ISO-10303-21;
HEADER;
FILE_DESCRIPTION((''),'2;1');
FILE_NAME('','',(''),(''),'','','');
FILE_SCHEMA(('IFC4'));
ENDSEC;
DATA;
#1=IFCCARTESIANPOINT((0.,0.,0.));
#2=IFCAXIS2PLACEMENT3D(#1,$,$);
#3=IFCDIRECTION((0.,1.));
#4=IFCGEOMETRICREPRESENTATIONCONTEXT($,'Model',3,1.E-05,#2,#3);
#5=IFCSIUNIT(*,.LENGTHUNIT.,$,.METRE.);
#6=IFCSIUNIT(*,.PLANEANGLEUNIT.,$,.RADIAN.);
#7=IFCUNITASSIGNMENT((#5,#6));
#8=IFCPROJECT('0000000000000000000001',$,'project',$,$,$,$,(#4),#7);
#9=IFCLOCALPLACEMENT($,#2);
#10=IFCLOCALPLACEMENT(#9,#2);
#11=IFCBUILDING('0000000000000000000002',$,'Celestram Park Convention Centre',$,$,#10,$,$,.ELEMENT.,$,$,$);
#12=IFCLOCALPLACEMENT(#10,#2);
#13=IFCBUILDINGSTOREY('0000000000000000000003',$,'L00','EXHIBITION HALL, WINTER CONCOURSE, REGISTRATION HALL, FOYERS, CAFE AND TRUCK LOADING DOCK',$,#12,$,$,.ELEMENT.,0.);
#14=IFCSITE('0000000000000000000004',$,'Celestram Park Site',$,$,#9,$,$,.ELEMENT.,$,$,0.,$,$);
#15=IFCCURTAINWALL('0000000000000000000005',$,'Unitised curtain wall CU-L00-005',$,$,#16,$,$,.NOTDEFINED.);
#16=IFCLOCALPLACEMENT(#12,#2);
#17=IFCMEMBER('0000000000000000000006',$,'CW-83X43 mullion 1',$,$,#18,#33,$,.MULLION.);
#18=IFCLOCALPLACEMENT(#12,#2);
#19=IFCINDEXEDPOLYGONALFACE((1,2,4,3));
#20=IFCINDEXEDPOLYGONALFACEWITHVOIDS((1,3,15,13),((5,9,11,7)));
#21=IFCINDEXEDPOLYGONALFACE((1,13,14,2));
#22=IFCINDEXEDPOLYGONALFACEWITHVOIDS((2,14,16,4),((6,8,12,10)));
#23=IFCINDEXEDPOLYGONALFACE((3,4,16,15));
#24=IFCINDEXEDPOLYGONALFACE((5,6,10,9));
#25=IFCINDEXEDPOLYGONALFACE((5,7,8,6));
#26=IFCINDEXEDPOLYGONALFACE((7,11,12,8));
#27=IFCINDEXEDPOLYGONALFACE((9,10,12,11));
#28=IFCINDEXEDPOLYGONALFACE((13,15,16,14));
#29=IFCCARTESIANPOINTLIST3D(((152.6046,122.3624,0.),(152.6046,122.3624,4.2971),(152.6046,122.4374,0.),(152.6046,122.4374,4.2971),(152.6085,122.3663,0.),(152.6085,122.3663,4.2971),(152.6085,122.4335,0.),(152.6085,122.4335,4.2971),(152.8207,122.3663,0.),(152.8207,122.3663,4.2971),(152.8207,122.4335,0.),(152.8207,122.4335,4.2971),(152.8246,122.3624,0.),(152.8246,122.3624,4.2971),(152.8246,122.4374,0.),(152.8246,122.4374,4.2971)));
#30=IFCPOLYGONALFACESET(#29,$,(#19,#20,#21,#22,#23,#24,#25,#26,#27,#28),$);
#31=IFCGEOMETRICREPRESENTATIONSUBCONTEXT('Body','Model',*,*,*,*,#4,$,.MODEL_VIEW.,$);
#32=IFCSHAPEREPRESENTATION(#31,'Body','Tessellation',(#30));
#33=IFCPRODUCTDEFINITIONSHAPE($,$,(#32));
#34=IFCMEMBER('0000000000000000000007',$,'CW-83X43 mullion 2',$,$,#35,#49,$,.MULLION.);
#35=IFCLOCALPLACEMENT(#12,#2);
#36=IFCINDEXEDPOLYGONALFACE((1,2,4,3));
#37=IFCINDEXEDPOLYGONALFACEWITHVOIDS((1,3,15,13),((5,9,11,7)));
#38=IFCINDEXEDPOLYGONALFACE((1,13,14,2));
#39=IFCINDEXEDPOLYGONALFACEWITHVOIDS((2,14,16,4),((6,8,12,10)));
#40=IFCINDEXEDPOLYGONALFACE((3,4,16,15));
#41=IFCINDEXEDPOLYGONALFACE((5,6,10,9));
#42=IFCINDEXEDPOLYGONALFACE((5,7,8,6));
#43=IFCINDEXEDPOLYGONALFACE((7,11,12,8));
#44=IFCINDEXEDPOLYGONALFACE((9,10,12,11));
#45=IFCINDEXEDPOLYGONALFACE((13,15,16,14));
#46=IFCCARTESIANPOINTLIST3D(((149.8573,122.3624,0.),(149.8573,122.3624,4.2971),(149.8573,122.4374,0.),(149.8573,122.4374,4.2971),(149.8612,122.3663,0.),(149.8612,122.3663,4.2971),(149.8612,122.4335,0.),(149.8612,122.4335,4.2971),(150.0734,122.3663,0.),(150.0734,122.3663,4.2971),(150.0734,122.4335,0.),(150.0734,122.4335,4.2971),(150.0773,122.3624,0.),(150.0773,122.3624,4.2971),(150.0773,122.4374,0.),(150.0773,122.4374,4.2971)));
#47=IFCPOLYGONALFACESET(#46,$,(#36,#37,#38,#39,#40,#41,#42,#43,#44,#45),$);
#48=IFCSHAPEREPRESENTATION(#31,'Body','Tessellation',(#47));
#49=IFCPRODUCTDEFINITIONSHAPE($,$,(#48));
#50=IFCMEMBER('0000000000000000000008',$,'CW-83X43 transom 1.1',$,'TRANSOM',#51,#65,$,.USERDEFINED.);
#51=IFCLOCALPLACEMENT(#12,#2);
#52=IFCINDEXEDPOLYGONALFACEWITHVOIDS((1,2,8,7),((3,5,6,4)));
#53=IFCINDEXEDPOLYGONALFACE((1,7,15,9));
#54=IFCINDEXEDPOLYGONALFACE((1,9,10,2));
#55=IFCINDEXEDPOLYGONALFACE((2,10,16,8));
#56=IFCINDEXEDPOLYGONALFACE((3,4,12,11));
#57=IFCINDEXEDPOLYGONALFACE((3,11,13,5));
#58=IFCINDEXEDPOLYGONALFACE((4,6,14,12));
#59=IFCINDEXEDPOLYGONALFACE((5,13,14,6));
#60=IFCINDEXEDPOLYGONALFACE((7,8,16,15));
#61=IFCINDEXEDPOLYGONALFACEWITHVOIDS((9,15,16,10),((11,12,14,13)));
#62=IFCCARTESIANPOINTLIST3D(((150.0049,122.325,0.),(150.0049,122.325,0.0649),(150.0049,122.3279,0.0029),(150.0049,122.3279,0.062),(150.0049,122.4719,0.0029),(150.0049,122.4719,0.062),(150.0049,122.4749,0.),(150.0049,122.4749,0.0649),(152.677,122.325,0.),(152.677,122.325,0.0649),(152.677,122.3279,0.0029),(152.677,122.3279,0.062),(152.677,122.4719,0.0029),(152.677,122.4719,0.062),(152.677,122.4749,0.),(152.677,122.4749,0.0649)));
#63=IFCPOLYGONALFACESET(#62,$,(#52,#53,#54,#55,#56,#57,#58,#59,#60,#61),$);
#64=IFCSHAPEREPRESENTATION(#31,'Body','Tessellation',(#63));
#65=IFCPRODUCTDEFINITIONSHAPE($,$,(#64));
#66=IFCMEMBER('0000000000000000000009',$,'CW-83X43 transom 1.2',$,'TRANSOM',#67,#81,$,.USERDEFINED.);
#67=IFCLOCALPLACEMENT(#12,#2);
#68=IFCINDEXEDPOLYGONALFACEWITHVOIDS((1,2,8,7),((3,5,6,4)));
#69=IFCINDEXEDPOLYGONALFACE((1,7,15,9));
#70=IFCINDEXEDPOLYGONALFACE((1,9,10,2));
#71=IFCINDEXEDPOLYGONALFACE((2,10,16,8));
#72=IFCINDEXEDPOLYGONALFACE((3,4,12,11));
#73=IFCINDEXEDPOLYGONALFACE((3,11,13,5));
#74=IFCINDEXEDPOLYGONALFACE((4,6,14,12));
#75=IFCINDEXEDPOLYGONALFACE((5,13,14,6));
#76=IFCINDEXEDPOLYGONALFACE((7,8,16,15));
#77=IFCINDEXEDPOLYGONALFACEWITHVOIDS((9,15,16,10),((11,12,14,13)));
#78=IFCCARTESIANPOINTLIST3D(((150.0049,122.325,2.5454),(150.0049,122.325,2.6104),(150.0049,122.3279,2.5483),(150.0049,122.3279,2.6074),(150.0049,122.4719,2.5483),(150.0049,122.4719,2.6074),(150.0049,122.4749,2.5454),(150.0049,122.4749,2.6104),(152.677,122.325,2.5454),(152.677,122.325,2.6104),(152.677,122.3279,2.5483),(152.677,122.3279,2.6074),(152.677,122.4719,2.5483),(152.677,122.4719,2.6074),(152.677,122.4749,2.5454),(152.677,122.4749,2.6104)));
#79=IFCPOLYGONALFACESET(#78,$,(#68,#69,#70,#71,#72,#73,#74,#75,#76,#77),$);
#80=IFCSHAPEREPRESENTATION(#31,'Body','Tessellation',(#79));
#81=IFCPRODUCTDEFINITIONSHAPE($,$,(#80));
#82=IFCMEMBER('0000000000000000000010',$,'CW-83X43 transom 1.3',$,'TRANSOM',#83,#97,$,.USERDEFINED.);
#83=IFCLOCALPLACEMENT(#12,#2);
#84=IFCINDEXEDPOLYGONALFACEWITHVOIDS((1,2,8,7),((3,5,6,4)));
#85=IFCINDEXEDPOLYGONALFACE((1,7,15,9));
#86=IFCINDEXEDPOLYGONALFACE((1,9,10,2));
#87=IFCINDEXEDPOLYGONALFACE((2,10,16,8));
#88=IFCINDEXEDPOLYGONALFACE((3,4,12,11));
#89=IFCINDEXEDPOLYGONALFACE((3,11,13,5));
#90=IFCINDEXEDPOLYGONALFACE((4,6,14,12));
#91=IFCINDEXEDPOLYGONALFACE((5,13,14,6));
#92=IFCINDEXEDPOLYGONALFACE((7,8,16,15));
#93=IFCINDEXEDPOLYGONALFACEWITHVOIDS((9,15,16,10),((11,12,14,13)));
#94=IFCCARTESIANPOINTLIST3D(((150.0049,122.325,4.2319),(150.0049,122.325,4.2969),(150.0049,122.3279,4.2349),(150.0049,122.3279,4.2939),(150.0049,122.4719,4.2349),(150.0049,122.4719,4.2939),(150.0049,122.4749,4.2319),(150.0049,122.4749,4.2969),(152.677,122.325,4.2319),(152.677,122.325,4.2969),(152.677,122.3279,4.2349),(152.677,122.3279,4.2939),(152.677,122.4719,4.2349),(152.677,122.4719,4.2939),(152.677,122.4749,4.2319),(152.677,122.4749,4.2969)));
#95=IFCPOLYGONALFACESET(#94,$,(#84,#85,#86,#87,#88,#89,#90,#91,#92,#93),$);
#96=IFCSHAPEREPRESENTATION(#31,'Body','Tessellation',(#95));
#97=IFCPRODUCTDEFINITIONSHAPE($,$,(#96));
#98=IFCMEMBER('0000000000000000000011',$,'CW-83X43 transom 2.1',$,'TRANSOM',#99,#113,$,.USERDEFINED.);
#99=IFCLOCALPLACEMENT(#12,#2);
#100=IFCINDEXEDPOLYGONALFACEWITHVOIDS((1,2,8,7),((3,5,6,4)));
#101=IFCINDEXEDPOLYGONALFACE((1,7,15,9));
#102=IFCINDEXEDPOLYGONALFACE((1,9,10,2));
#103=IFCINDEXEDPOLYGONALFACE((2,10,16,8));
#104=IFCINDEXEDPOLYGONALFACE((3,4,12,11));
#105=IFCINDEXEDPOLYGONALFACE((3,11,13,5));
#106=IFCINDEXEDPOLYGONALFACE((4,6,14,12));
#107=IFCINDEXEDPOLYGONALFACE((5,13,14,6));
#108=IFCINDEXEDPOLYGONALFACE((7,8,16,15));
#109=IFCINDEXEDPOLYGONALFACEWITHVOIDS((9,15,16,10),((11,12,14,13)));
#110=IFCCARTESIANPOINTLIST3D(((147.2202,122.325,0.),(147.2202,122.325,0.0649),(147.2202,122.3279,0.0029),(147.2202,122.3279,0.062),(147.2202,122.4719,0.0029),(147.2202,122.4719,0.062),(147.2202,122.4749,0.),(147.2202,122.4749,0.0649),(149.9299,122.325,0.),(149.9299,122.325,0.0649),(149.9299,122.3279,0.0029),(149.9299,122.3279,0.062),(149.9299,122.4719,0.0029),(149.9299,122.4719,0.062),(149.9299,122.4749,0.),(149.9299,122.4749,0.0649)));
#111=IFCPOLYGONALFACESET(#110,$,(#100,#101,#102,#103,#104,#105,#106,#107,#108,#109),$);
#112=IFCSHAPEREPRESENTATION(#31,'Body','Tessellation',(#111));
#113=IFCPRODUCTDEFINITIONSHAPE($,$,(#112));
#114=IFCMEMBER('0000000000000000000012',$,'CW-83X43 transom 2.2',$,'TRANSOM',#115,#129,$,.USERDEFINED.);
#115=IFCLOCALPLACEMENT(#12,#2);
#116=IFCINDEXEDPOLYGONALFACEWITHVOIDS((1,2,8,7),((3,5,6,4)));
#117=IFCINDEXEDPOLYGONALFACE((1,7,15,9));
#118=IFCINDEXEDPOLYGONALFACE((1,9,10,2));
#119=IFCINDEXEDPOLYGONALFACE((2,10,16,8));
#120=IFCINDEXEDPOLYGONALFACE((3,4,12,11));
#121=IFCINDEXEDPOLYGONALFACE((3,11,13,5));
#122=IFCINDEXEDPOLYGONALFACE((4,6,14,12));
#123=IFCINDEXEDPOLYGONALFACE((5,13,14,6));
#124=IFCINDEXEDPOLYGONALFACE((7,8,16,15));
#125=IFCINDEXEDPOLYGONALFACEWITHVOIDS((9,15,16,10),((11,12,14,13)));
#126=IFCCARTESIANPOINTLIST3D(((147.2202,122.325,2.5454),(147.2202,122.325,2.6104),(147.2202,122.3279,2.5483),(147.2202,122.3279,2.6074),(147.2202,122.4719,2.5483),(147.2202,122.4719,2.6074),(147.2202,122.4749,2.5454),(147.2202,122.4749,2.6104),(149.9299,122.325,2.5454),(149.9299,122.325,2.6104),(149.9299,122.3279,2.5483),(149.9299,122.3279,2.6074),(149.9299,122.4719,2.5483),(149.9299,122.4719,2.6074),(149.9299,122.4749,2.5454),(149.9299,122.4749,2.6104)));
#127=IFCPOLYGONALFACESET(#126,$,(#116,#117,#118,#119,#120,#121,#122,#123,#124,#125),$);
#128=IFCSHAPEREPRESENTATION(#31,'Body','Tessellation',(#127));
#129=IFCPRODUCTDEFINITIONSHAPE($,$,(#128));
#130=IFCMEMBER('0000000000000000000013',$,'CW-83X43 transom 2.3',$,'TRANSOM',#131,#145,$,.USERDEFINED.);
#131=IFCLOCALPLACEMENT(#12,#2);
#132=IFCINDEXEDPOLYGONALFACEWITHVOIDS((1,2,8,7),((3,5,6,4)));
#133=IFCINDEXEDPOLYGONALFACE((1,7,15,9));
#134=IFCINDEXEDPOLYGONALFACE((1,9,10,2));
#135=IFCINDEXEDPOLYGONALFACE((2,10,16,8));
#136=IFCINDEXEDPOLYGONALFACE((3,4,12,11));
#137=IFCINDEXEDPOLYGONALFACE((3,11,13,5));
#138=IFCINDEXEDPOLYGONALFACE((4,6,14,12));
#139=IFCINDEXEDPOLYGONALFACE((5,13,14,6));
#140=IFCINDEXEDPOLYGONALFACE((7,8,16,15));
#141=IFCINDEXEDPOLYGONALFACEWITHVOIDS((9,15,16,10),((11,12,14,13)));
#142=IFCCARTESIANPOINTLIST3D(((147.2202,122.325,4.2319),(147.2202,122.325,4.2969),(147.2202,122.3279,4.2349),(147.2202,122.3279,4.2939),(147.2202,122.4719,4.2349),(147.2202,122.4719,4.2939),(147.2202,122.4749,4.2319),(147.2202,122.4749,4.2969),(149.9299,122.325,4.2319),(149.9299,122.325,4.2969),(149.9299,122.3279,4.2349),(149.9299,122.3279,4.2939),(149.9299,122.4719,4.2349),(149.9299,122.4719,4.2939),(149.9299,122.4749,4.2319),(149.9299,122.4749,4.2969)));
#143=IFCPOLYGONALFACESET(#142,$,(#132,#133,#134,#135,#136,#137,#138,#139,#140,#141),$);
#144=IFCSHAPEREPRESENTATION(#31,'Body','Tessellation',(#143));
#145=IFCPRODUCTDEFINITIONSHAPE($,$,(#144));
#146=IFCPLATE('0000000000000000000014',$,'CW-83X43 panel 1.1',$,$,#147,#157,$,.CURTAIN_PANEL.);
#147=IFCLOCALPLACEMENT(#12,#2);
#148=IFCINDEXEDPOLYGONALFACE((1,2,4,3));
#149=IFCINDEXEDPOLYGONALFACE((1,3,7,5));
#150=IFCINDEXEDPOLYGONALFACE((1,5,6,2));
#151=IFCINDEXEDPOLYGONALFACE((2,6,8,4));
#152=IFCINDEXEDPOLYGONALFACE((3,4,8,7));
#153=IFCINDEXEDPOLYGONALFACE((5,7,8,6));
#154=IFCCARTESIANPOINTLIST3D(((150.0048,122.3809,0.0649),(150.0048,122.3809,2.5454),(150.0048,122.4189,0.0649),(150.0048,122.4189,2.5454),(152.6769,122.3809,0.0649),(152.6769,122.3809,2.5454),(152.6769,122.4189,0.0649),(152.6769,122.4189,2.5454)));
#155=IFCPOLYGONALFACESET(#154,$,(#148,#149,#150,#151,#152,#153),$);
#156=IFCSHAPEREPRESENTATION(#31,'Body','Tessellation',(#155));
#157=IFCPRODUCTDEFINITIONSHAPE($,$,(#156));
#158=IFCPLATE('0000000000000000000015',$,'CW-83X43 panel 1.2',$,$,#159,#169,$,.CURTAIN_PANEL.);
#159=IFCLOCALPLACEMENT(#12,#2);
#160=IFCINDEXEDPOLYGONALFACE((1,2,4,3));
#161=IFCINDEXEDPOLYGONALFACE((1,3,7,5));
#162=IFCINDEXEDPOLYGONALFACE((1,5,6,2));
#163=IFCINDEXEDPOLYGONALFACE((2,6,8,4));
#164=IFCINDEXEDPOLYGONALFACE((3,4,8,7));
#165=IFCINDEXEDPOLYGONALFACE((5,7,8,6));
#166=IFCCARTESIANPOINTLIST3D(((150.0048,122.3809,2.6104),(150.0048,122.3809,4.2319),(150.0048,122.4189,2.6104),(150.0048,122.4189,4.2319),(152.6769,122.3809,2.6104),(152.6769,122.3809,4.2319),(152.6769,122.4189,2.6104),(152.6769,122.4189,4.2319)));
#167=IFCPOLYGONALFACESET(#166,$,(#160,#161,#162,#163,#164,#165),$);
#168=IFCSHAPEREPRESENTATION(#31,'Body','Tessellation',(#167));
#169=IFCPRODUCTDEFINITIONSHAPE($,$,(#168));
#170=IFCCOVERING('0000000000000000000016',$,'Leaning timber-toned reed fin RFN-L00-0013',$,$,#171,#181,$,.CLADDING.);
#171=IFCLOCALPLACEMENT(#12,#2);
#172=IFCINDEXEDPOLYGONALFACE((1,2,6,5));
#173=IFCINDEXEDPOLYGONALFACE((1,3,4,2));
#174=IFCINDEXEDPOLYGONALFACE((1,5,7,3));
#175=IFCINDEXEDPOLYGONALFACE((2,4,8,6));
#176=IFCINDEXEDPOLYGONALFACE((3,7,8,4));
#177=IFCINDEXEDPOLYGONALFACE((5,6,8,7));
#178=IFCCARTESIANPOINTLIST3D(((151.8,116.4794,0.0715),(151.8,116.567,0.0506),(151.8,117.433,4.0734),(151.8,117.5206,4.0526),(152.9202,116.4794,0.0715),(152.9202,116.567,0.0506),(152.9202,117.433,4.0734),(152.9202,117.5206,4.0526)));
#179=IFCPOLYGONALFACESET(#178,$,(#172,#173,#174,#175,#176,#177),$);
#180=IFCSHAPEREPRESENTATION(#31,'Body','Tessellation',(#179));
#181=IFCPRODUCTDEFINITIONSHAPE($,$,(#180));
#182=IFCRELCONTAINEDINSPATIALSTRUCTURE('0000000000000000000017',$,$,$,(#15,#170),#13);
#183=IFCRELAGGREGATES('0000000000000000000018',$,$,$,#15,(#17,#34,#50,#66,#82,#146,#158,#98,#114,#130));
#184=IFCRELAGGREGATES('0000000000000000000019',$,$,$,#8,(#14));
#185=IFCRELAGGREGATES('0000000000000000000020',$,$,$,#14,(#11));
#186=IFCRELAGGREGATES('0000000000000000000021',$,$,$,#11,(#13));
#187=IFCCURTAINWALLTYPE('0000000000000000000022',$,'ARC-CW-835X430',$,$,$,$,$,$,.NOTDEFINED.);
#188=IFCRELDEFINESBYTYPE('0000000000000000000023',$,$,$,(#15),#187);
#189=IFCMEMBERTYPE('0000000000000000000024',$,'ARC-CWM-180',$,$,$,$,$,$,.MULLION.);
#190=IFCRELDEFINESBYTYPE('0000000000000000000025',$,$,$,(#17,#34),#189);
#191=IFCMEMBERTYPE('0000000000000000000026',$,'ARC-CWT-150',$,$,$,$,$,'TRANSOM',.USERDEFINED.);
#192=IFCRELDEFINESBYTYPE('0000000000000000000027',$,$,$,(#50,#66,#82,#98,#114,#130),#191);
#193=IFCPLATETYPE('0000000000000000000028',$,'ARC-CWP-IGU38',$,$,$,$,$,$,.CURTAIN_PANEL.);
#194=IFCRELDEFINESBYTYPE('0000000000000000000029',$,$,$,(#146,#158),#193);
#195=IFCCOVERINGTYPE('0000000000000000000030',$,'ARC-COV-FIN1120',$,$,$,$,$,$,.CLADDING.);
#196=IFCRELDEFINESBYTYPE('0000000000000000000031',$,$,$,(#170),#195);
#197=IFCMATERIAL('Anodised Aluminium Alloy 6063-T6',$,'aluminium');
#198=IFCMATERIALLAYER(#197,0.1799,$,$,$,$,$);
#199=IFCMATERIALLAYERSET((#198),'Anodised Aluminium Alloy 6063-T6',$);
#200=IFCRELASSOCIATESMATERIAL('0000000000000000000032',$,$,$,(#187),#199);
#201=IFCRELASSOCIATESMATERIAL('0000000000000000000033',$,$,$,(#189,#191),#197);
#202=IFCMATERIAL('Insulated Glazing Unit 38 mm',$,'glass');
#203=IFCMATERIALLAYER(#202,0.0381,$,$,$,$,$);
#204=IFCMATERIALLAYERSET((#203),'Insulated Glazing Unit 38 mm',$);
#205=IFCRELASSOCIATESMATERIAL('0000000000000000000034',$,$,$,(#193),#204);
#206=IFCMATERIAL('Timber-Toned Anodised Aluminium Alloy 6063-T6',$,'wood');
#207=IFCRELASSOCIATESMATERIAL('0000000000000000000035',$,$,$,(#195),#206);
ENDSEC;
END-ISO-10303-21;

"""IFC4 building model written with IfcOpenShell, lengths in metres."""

from ifc_helpers import new_model, si_unit, direction, frame, origin, origin_2d, place, context, subcontext, project, spatial, rectangle, hollow_rectangle, extrude, material, layer, layer_set, material_profile, profile_set, type_object, element, aggregate, save


model = new_model("IFC4")

# Units and contexts
model_context = context("Model", 3, precision=1e-05, world=origin(), true_north=direction((0.0, 1.0)))
body_context = subcontext(model_context, "Body", "Model", "MODEL_VIEW")
ifc_project = project(units=[si_unit("LENGTHUNIT", "METRE"), si_unit("PLANEANGLEUNIT", "RADIAN")], contexts=[model_context])

# Site, building, storey
site_placement = place(None, origin())
site = spatial("IfcSite", under=ifc_project, at=site_placement, Name="Celestram Park Site", CompositionType="ELEMENT", RefElevation=0.0)
building_placement = place(site_placement, origin())
building = spatial("IfcBuilding", under=site, at=building_placement, Name="Celestram Park Convention Centre", CompositionType="ELEMENT")
storey_placement = place(building_placement, origin())
storey = spatial("IfcBuildingStorey", under=building, at=storey_placement, Name="L00", Description="EXHIBITION HALL, WINTER CONCOURSE, REGISTRATION HALL, FOYERS, CAFE AND TRUCK LOADING DOCK", CompositionType="ELEMENT", Elevation=0.0)

# Curtain wall, members, plates
ifc_material_1 = material(Name="Anodised Aluminium Alloy 6063-T6", Category="aluminium")
ifc_layer_1 = layer(ifc_material_1, 0.1799)
ifc_layer_set_1 = layer_set([ifc_layer_1], Name="Anodised Aluminium Alloy 6063-T6")
curtain_wall_type = type_object("IfcCurtainWallType", Name="ARC-CW-835X430", PredefinedType="NOTDEFINED", material=ifc_layer_set_1)
curtain_wall_placement = place(storey_placement, origin())
curtain_wall = element("IfcCurtainWall", 1, at=curtain_wall_placement, inside=storey, type_object=curtain_wall_type, Name="Unitised curtain wall CU-L00-005", PredefinedType="NOTDEFINED")
ifc_material_profile_1 = material_profile(ifc_material_1, hollow_rectangle(XDim=0.075, YDim=0.22, WallThickness=0.0039, at=origin_2d()), Name="ALU75X220X4")
ifc_profile_set_1 = profile_set([ifc_material_profile_1], Name="Anodised Aluminium Alloy 6063-T6")
member_type_1 = type_object("IfcMemberType", Name="ARC-CWM-180", PredefinedType="MULLION", material=ifc_profile_set_1)
member_1_placement = place(storey_placement, frame((152.7146, 122.3999, 0.0), z_axis=(0.0, 0.0, 1.0), x_axis=(0.0, -1.0, 0.0)))
member_1 = element("IfcMember", 2, at=member_1_placement, type_object=member_type_1, Name="CW-83X43 mullion 1", PredefinedType="MULLION", context=body_context, shape_type="SweptSolid", body=[
    extrude(hollow_rectangle(XDim=0.075, YDim=0.22, WallThickness=0.0039, at=origin_2d()), origin(), (0.0, 0.0, 1.0), 4.2971),
])
member_2_placement = place(storey_placement, frame((149.9673, 122.3999, 0.0), z_axis=(0.0, 0.0, 1.0), x_axis=(0.0, -1.0, 0.0)))
member_2 = element("IfcMember", 3, at=member_2_placement, type_object=member_type_1, Name="CW-83X43 mullion 2", PredefinedType="MULLION", context=body_context, shape_type="SweptSolid", body=[
    extrude(hollow_rectangle(XDim=0.075, YDim=0.22, WallThickness=0.0039, at=origin_2d()), origin(), (0.0, 0.0, 1.0), 4.2971),
])
ifc_material_profile_2 = material_profile(ifc_material_1, hollow_rectangle(XDim=0.1499, YDim=0.0649, WallThickness=0.0029, at=origin_2d()), Name="ALU150X65X3")
ifc_profile_set_2 = profile_set([ifc_material_profile_2], Name="Anodised Aluminium Alloy 6063-T6")
member_type_2 = type_object("IfcMemberType", Name="ARC-CWT-150", ElementType="TRANSOM", PredefinedType="USERDEFINED", material=ifc_profile_set_2)
member_3_placement = place(storey_placement, frame((152.677, 122.3999, 0.0325), z_axis=(-1.0, 0.0, 0.0), x_axis=(0.0, -1.0, 0.0)))
member_3 = element("IfcMember", 4, at=member_3_placement, type_object=member_type_2, Name="CW-83X43 transom 1.1", ObjectType="TRANSOM", PredefinedType="USERDEFINED", context=body_context, shape_type="SweptSolid", body=[
    extrude(hollow_rectangle(XDim=0.1499, YDim=0.0649, WallThickness=0.0029, at=origin_2d()), origin(), (0.0, 0.0, 1.0), 2.6721),
])
member_4_placement = place(storey_placement, frame((152.677, 122.3999, 2.5779), z_axis=(-1.0, 0.0, 0.0), x_axis=(0.0, -1.0, 0.0)))
member_4 = element("IfcMember", 5, at=member_4_placement, type_object=member_type_2, Name="CW-83X43 transom 1.2", ObjectType="TRANSOM", PredefinedType="USERDEFINED", context=body_context, shape_type="SweptSolid", body=[
    extrude(hollow_rectangle(XDim=0.1499, YDim=0.0649, WallThickness=0.0029, at=origin_2d()), origin(), (0.0, 0.0, 1.0), 2.6721),
])
member_5_placement = place(storey_placement, frame((152.677, 122.3999, 4.2644), z_axis=(-1.0, 0.0, 0.0), x_axis=(0.0, -1.0, 0.0)))
member_5 = element("IfcMember", 6, at=member_5_placement, type_object=member_type_2, Name="CW-83X43 transom 1.3", ObjectType="TRANSOM", PredefinedType="USERDEFINED", context=body_context, shape_type="SweptSolid", body=[
    extrude(hollow_rectangle(XDim=0.1499, YDim=0.0649, WallThickness=0.0029, at=origin_2d()), origin(), (0.0, 0.0, 1.0), 2.6721),
])
member_6_placement = place(storey_placement, frame((149.9299, 122.3999, 0.0325), z_axis=(-1.0, 0.0, 0.0), x_axis=(0.0, -1.0, 0.0)))
member_6 = element("IfcMember", 7, at=member_6_placement, type_object=member_type_2, Name="CW-83X43 transom 2.1", ObjectType="TRANSOM", PredefinedType="USERDEFINED", context=body_context, shape_type="SweptSolid", body=[
    extrude(hollow_rectangle(XDim=0.1499, YDim=0.0649, WallThickness=0.0029, at=origin_2d()), origin(), (0.0, 0.0, 1.0), 2.7097),
])
member_7_placement = place(storey_placement, frame((149.9299, 122.3999, 2.5779), z_axis=(-1.0, 0.0, 0.0), x_axis=(0.0, -1.0, 0.0)))
member_7 = element("IfcMember", 8, at=member_7_placement, type_object=member_type_2, Name="CW-83X43 transom 2.2", ObjectType="TRANSOM", PredefinedType="USERDEFINED", context=body_context, shape_type="SweptSolid", body=[
    extrude(hollow_rectangle(XDim=0.1499, YDim=0.0649, WallThickness=0.0029, at=origin_2d()), origin(), (0.0, 0.0, 1.0), 2.7097),
])
member_8_placement = place(storey_placement, frame((149.9299, 122.3999, 4.2644), z_axis=(-1.0, 0.0, 0.0), x_axis=(0.0, -1.0, 0.0)))
member_8 = element("IfcMember", 9, at=member_8_placement, type_object=member_type_2, Name="CW-83X43 transom 2.3", ObjectType="TRANSOM", PredefinedType="USERDEFINED", context=body_context, shape_type="SweptSolid", body=[
    extrude(hollow_rectangle(XDim=0.1499, YDim=0.0649, WallThickness=0.0029, at=origin_2d()), origin(), (0.0, 0.0, 1.0), 2.7097),
])
ifc_material_2 = material(Name="Insulated Glazing Unit 38 mm", Category="glass")
ifc_layer_2 = layer(ifc_material_2, 0.0381)
ifc_layer_set_2 = layer_set([ifc_layer_2], Name="Insulated Glazing Unit 38 mm")
plate_type = type_object("IfcPlateType", Name="ARC-CWP-IGU38", PredefinedType="CURTAIN_PANEL", material=ifc_layer_set_2)
plate_1_placement = place(storey_placement, frame((151.3408, 122.3999, 0.0649), z_axis=(0.0, 0.0, 1.0), x_axis=(-1.0, 0.0, 0.0)))
plate_1 = element("IfcPlate", 10, at=plate_1_placement, type_object=plate_type, Name="CW-83X43 panel 1.1", PredefinedType="CURTAIN_PANEL", context=body_context, shape_type="SweptSolid", body=[
    extrude(rectangle(XDim=2.6721, YDim=0.0381, at=origin_2d()), origin(), (0.0, 0.0, 1.0), 2.4805),
])
plate_2_placement = place(storey_placement, frame((151.3408, 122.3999, 2.6104), z_axis=(0.0, 0.0, 1.0), x_axis=(-1.0, 0.0, 0.0)))
plate_2 = element("IfcPlate", 11, at=plate_2_placement, type_object=plate_type, Name="CW-83X43 panel 1.2", PredefinedType="CURTAIN_PANEL", context=body_context, shape_type="SweptSolid", body=[
    extrude(rectangle(XDim=2.6721, YDim=0.0381, at=origin_2d()), origin(), (0.0, 0.0, 1.0), 1.6216),
])
aggregate(curtain_wall, [member_1, member_2, member_3, member_4, member_5, plate_1, plate_2, member_6, member_7, member_8])

# Covering
ifc_material_3 = material(Name="Timber-Toned Anodised Aluminium Alloy 6063-T6", Category="wood")
ifc_material_profile_3 = material_profile(ifc_material_3, rectangle(XDim=1.1201, YDim=0.0901, at=origin_2d()), Name="REED1120X90")
ifc_profile_set_3 = profile_set([ifc_material_profile_3], Name="Timber-Toned Anodised Aluminium Alloy 6063-T6")
covering_type_1 = type_object("IfcCoveringType", Name="ARC-COV-FIN1120", PredefinedType="CLADDING", material=ifc_profile_set_3)
covering_1_placement = place(storey_placement, frame((152.3601, 116.5232, 0.061), z_axis=(0.0, 0.231797, 0.972764), x_axis=(-1.0, 0.0, 0.0)))
element("IfcCovering", 12, at=covering_1_placement, inside=storey, type_object=covering_type_1, Name="Leaning timber-toned reed fin RFN-L00-0013", PredefinedType="CLADDING", context=body_context, shape_type="SweptSolid", body=[
    extrude(rectangle(XDim=1.1201, YDim=0.0901, at=origin_2d()), origin(), (0.0, 0.0, 1.0), 4.114),
])

save(model, "model.ifc")
